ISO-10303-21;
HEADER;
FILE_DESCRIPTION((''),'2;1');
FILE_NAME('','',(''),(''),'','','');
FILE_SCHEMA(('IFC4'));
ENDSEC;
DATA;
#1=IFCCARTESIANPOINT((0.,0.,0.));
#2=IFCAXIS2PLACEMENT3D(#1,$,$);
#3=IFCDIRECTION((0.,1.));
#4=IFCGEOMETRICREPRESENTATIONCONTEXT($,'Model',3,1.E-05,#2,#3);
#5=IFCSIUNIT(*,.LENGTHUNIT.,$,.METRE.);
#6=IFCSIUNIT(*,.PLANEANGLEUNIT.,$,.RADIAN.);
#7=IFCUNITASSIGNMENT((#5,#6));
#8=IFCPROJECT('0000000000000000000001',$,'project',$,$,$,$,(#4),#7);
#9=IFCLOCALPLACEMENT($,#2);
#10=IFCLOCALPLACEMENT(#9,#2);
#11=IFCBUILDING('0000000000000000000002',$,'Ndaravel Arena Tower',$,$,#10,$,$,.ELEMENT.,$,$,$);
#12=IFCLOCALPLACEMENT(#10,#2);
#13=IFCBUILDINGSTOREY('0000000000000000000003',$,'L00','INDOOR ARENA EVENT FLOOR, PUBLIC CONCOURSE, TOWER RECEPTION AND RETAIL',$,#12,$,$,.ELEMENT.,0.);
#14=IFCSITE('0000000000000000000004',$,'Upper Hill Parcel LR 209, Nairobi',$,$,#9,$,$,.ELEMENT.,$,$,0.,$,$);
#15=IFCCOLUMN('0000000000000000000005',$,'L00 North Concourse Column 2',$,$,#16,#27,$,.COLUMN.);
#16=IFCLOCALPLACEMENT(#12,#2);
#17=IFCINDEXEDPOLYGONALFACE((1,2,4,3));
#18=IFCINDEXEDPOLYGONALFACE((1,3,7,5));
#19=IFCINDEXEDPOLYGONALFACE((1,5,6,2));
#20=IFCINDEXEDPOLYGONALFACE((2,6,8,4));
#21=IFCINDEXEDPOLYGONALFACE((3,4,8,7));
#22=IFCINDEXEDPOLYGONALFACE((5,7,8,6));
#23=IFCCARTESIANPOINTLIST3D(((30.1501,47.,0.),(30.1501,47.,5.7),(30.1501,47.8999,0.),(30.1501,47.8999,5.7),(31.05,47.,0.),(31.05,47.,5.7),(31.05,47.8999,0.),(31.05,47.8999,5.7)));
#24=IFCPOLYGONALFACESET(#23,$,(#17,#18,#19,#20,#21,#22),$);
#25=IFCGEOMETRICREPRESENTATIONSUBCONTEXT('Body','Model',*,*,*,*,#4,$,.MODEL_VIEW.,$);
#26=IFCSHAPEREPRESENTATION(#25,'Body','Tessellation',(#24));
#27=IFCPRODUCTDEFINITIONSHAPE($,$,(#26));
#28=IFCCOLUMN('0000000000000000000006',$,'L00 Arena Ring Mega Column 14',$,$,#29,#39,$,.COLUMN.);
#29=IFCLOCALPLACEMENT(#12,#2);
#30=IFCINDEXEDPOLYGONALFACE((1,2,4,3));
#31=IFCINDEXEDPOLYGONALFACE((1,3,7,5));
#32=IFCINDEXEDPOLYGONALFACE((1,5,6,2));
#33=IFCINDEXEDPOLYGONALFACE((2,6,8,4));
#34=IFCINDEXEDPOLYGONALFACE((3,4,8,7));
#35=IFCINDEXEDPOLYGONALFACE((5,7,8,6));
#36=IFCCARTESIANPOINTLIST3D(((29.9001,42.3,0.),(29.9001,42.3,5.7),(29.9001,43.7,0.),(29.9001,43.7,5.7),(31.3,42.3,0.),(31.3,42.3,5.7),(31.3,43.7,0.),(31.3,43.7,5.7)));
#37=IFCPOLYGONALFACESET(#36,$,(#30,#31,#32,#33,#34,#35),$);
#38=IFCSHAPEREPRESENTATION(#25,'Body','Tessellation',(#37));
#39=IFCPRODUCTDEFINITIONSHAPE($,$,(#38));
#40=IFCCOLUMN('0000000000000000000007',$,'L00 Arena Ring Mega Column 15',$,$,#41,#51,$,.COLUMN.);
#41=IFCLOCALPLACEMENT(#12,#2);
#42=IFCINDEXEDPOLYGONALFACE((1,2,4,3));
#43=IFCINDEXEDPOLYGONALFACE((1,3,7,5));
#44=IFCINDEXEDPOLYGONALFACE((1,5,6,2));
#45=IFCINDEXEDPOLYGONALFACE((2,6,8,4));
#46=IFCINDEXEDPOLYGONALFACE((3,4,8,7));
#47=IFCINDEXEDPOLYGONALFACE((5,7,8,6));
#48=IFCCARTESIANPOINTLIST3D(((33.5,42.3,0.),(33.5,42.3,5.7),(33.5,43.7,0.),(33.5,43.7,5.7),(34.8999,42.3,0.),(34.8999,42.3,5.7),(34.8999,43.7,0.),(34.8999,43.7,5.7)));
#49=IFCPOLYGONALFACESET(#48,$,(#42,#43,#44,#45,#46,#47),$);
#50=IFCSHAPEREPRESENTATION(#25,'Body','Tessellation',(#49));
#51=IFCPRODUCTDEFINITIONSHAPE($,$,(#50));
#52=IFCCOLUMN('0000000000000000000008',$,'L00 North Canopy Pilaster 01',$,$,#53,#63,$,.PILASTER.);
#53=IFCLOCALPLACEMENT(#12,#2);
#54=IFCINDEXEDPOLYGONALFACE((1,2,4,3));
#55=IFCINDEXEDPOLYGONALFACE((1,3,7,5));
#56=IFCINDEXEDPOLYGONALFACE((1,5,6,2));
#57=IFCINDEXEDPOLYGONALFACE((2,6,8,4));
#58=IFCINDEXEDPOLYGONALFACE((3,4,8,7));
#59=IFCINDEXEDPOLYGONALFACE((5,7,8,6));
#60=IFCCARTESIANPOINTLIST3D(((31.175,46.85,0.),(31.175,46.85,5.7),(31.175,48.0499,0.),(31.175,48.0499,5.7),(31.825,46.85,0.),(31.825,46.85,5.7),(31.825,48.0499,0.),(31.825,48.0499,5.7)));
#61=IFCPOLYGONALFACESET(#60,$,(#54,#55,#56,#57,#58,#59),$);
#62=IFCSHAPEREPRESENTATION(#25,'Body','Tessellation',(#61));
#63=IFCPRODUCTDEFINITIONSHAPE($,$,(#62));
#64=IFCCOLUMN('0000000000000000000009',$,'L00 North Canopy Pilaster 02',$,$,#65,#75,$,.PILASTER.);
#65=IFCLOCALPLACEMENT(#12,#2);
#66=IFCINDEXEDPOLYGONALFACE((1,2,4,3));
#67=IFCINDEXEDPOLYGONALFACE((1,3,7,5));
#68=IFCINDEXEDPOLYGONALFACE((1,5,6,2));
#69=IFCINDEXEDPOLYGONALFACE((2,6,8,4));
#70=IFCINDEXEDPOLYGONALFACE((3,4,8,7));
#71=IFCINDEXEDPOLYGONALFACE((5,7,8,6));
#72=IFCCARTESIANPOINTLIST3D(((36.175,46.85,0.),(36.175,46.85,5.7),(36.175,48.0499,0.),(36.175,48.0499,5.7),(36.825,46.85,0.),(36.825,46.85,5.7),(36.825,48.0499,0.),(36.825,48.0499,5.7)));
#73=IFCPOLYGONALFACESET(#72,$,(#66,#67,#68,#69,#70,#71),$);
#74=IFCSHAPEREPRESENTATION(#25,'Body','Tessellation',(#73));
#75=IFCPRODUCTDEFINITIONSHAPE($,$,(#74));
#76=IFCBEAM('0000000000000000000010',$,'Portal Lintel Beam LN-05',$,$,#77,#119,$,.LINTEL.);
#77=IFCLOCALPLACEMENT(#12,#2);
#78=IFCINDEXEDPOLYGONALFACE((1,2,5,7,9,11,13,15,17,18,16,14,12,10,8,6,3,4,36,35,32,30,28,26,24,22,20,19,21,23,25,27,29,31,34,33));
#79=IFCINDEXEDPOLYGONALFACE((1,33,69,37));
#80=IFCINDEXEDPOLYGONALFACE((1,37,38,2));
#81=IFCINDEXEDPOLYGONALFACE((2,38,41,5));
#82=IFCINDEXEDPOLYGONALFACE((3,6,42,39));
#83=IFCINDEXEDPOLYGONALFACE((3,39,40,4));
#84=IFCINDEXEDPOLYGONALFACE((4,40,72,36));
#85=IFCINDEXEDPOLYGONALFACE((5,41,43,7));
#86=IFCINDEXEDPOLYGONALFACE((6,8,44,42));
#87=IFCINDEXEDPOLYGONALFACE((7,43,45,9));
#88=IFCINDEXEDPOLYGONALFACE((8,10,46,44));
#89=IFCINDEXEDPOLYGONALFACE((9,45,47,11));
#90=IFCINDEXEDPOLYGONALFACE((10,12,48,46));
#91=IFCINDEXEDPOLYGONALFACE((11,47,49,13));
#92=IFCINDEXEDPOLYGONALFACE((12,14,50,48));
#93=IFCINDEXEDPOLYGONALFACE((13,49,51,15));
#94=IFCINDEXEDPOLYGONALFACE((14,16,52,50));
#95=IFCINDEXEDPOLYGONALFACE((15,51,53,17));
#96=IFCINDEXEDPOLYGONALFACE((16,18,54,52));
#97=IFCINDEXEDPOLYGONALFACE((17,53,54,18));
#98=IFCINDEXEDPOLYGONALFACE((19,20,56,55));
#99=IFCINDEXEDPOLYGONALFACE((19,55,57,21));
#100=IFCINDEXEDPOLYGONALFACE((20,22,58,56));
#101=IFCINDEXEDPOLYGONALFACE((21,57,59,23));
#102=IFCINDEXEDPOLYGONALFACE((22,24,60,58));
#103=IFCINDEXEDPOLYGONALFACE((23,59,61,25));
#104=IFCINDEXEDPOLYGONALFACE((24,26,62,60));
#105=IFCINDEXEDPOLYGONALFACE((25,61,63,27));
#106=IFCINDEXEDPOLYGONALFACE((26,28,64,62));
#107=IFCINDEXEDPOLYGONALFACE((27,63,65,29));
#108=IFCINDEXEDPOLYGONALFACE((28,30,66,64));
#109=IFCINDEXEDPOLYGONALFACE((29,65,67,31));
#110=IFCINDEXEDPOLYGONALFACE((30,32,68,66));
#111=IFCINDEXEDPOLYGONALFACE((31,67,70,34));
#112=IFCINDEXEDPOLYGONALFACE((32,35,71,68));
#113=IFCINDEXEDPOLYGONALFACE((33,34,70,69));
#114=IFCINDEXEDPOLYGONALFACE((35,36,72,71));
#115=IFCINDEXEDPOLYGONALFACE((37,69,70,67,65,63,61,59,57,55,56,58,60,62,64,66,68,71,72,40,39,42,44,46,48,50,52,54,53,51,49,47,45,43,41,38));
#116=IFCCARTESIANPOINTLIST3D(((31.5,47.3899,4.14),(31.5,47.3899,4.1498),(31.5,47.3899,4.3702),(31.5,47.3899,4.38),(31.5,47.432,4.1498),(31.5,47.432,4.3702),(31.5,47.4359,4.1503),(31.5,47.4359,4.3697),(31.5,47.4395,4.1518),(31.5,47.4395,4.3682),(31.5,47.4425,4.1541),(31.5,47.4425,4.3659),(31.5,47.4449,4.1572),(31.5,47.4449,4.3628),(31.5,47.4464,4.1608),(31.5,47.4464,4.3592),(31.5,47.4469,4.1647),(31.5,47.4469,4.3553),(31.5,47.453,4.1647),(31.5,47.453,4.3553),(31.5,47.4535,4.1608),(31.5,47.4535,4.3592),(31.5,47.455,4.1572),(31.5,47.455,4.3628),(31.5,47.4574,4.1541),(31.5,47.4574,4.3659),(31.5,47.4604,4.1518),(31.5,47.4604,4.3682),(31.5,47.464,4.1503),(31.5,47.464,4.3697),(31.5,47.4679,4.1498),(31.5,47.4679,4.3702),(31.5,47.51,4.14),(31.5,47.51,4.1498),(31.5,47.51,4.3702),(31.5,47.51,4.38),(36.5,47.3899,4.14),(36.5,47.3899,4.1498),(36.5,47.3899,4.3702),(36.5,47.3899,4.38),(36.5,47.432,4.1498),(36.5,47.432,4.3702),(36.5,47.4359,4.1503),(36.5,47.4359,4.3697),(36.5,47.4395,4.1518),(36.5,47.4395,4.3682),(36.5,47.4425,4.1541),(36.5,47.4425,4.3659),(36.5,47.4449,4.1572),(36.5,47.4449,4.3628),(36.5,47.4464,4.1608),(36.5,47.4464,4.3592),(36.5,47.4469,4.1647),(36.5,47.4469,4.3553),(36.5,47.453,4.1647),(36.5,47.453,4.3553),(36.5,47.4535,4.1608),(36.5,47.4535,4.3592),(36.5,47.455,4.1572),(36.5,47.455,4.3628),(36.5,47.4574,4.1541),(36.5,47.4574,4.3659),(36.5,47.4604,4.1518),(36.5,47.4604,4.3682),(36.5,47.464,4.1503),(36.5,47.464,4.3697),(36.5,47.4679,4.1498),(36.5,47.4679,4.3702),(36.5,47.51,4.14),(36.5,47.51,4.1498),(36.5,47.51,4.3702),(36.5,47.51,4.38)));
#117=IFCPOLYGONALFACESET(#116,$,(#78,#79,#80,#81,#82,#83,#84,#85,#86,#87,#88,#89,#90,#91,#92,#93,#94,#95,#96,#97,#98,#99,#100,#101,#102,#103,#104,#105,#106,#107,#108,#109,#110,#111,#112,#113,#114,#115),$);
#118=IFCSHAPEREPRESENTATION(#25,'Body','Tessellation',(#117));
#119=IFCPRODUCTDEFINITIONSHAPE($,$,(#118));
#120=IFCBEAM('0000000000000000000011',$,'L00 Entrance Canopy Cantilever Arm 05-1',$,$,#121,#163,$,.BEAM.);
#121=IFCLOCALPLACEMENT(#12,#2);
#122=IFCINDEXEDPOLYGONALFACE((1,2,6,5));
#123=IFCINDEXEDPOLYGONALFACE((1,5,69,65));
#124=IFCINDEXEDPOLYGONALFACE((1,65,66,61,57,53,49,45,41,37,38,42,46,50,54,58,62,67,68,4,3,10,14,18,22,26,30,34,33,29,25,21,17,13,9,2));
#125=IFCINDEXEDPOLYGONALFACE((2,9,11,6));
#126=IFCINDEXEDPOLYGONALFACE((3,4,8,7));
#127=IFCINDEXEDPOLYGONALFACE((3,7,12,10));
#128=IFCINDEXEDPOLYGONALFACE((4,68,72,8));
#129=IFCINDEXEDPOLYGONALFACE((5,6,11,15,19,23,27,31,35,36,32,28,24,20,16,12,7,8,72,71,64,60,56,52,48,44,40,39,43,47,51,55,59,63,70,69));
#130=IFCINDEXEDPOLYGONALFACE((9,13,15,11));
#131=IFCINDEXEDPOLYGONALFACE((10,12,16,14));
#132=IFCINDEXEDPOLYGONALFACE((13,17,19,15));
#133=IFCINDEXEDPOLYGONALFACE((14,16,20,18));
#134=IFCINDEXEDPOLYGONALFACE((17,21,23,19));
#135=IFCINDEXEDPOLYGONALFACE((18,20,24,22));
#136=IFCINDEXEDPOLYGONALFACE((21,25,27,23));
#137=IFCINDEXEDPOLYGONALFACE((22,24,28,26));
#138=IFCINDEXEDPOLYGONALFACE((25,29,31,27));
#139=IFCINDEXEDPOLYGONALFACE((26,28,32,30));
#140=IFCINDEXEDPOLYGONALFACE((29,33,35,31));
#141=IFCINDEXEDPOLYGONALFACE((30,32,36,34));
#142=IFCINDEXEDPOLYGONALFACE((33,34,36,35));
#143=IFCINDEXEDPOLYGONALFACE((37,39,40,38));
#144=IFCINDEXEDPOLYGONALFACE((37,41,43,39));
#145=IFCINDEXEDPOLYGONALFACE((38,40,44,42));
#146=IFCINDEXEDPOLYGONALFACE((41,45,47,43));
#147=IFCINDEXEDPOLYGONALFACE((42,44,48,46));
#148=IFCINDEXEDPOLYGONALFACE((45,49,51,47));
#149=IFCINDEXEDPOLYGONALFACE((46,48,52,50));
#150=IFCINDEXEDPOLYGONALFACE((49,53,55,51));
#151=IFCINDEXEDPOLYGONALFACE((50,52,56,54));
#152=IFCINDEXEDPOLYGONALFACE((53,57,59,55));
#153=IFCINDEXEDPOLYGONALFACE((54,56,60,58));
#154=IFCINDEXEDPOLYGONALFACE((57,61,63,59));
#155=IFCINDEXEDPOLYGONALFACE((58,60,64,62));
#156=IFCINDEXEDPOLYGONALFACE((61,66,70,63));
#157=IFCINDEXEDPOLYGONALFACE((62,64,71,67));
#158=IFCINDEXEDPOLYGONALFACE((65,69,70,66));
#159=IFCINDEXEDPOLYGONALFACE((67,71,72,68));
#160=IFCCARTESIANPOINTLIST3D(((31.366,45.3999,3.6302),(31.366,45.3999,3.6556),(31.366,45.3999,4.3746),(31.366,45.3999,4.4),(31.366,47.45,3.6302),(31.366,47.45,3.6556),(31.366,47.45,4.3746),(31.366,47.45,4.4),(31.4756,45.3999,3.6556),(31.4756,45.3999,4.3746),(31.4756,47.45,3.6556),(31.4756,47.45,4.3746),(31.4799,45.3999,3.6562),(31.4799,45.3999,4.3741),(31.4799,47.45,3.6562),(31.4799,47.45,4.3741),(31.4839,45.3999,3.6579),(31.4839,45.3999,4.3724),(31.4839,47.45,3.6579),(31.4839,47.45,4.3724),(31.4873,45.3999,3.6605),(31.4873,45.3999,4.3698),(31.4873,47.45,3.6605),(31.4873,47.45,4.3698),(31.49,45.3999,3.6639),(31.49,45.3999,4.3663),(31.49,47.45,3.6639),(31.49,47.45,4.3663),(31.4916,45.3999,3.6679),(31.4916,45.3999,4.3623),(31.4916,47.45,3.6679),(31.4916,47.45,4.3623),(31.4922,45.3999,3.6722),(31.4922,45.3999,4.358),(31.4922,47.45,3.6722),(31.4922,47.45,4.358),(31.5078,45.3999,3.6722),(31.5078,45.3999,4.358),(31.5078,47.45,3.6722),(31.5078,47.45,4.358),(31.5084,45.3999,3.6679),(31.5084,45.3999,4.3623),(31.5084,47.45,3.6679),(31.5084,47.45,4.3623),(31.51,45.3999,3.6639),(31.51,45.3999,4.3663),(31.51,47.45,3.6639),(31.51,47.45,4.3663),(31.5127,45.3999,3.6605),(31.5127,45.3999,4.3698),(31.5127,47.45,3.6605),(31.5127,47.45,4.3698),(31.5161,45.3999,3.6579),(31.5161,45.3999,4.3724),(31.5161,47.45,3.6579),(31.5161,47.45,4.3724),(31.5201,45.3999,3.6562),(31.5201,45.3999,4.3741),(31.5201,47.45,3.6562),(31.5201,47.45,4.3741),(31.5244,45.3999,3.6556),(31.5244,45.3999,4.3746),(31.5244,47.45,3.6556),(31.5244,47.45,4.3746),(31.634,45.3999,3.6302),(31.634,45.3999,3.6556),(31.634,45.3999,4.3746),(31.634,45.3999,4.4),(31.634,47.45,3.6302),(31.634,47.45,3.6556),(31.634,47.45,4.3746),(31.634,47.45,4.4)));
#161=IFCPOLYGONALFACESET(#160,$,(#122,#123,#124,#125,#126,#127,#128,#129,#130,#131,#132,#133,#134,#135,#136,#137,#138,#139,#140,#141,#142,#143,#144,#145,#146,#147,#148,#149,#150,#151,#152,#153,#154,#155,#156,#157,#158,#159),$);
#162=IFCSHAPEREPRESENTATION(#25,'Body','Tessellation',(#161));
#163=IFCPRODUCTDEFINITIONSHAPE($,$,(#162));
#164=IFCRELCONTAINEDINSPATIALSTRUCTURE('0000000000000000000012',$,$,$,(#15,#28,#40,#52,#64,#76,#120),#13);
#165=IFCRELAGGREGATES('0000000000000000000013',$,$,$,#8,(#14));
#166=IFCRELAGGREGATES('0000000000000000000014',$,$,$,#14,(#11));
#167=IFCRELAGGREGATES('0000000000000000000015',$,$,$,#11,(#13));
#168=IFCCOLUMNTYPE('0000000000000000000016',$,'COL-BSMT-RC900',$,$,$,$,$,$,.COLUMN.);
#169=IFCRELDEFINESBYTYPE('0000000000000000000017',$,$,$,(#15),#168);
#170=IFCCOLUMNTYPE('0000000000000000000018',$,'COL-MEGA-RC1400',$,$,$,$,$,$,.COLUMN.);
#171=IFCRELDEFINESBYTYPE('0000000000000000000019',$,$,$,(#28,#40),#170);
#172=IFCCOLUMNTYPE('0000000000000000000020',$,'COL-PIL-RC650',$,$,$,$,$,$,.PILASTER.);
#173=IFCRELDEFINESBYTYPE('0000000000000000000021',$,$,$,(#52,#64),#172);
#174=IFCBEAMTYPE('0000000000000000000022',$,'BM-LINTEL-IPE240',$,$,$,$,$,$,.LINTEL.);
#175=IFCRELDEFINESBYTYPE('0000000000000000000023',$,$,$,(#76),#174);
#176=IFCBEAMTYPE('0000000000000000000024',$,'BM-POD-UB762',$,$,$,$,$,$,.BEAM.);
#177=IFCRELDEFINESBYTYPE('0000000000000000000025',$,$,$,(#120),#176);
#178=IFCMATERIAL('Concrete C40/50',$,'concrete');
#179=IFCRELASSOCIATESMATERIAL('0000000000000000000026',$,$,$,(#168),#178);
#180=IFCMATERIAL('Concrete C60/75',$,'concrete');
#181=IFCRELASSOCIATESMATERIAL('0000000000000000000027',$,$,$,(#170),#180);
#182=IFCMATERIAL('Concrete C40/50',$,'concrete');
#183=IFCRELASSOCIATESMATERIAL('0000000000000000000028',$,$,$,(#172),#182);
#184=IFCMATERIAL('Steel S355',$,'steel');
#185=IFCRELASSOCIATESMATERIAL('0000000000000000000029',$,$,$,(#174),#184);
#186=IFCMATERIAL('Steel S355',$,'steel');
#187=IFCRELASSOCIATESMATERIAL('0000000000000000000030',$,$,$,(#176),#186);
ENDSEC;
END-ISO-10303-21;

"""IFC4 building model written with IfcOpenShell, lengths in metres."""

from ifc_helpers import new_model, si_unit, direction, frame, origin, origin_2d, place, context, subcontext, project, spatial, rectangle, i_section, extrude, material, material_profile, profile_set, type_object, element, save


model = new_model("IFC4")

# Units and contexts
model_context = context("Model", 3, precision=1e-05, world=origin(), true_north=direction((0.0, 1.0)))
body_context = subcontext(model_context, "Body", "Model", "MODEL_VIEW")
ifc_project = project(units=[si_unit("LENGTHUNIT", "METRE"), si_unit("PLANEANGLEUNIT", "RADIAN")], contexts=[model_context])

# Site, building, storey
site_placement = place(None, origin())
site = spatial("IfcSite", under=ifc_project, at=site_placement, Name="Upper Hill Parcel LR 209, Nairobi", CompositionType="ELEMENT", RefElevation=0.0)
building_placement = place(site_placement, origin())
building = spatial("IfcBuilding", under=site, at=building_placement, Name="Ndaravel Arena Tower", CompositionType="ELEMENT")
storey_placement = place(building_placement, origin())
storey = spatial("IfcBuildingStorey", under=building, at=storey_placement, Name="L00", Description="INDOOR ARENA EVENT FLOOR, PUBLIC CONCOURSE, TOWER RECEPTION AND RETAIL", CompositionType="ELEMENT", Elevation=0.0)

# Columns
ifc_material_1 = material(Name="Concrete C40/50", Category="concrete")
ifc_material_profile_1 = material_profile(ifc_material_1, rectangle(XDim=0.8999, YDim=0.8999, at=origin_2d()), Name="RC 900x900")
ifc_profile_set_1 = profile_set([ifc_material_profile_1], Name="Concrete C40/50")
column_type_1 = type_object("IfcColumnType", Name="COL-BSMT-RC900", PredefinedType="COLUMN", material=ifc_profile_set_1)
column_placement = place(storey_placement, frame((30.6001, 47.45, 0.0), z_axis=(0.0, 0.0, 1.0), x_axis=(1.0, 0.0, 0.0)))
element("IfcColumn", 1, at=column_placement, inside=storey, type_object=column_type_1, Name="L00 North Concourse Column 2", PredefinedType="COLUMN", context=body_context, shape_type="SweptSolid", body=[
    extrude(rectangle(XDim=0.8999, YDim=0.8999, at=origin_2d()), origin(), (0.0, 0.0, 1.0), 5.7),
])
ifc_material_2 = material(Name="Concrete C60/75", Category="concrete")
ifc_material_profile_2 = material_profile(ifc_material_2, rectangle(XDim=1.3999, YDim=1.3999, at=origin_2d()), Name="RC 1400x1400")
ifc_profile_set_2 = profile_set([ifc_material_profile_2], Name="Concrete C60/75")
column_type_2 = type_object("IfcColumnType", Name="COL-MEGA-RC1400", PredefinedType="COLUMN", material=ifc_profile_set_2)
for number, where, z_axis, x_axis, name in (
    (2, (30.6001, 43.0, 0.0), (0.0, 0.0, 1.0), (1.0, 0.0, 0.0), "L00 Arena Ring Mega Column 14"),
    (3, (34.2, 43.0, 0.0), (0.0, 0.0, 1.0), (1.0, 0.0, 0.0), "L00 Arena Ring Mega Column 15"),
):
    element("IfcColumn", number, at=place(storey_placement, frame(where, z_axis=z_axis, x_axis=x_axis)), inside=storey, type_object=column_type_2, Name=name, PredefinedType="COLUMN", context=body_context, shape_type="SweptSolid", body=[
        extrude(rectangle(XDim=1.3999, YDim=1.3999, at=origin_2d()), origin(), (0.0, 0.0, 1.0), 5.7),
    ])
ifc_material_3 = material(Name="Concrete C40/50", Category="concrete")
ifc_material_profile_3 = material_profile(ifc_material_3, rectangle(XDim=0.6499, YDim=1.2, at=origin_2d()), Name="RC 650x1200")
ifc_profile_set_3 = profile_set([ifc_material_profile_3], Name="Concrete C40/50")
column_type_3 = type_object("IfcColumnType", Name="COL-PIL-RC650", PredefinedType="PILASTER", material=ifc_profile_set_3)
for number, where, z_axis, x_axis, name in (
    (4, (31.5, 47.45, 0.0), (0.0, 0.0, 1.0), (1.0, 0.0, 0.0), "L00 North Canopy Pilaster 01"),
    (5, (36.5, 47.45, 0.0), (0.0, 0.0, 1.0), (1.0, 0.0, 0.0), "L00 North Canopy Pilaster 02"),
):
    element("IfcColumn", number, at=place(storey_placement, frame(where, z_axis=z_axis, x_axis=x_axis)), inside=storey, type_object=column_type_3, Name=name, PredefinedType="PILASTER", context=body_context, shape_type="SweptSolid", body=[
        extrude(rectangle(XDim=0.6499, YDim=1.2, at=origin_2d()), origin(), (0.0, 0.0, 1.0), 5.7),
    ])

# Beams
ifc_material_4 = material(Name="Steel S355", Category="steel")
ifc_material_profile_4 = material_profile(ifc_material_4, i_section(OverallWidth=0.1201, OverallDepth=0.24, WebThickness=0.0061, FlangeThickness=0.0098, FilletRadius=0.0149, at=origin_2d()), Name="IPE 240")
ifc_profile_set_4 = profile_set([ifc_material_profile_4], Name="Steel S355")
beam_type_1 = type_object("IfcBeamType", Name="BM-LINTEL-IPE240", PredefinedType="LINTEL", material=ifc_profile_set_4)
beam_1_placement = place(storey_placement, frame((31.5, 47.45, 4.26), z_axis=(1.0, 0.0, 0.0), x_axis=(0.0, 1.0, 0.0)))
element("IfcBeam", 6, at=beam_1_placement, inside=storey, type_object=beam_type_1, Name="Portal Lintel Beam LN-05", PredefinedType="LINTEL", context=body_context, shape_type="SweptSolid", body=[
    extrude(i_section(OverallWidth=0.1201, OverallDepth=0.24, WebThickness=0.0061, FlangeThickness=0.0098, FilletRadius=0.0149, at=origin_2d()), origin(), (0.0, 0.0, 1.0), 5.0),
])
ifc_material_5 = material(Name="Steel S355", Category="steel")
ifc_material_profile_5 = material_profile(ifc_material_5, i_section(OverallWidth=0.2681, OverallDepth=0.7698, WebThickness=0.0156, FlangeThickness=0.0254, FilletRadius=0.0166, at=origin_2d()), Name="UB 762x267x197")
ifc_profile_set_5 = profile_set([ifc_material_profile_5], Name="Steel S355")
beam_type_2 = type_object("IfcBeamType", Name="BM-POD-UB762", PredefinedType="BEAM", material=ifc_profile_set_5)
for number, where, z_axis, x_axis, name in (
    (7, (31.5, 47.45, 4.0151), (0.0, -1.0, 0.0), (1.0, 0.0, 0.0), "L00 Entrance Canopy Cantilever Arm 05-1"),
):
    element("IfcBeam", number, at=place(storey_placement, frame(where, z_axis=z_axis, x_axis=x_axis)), inside=storey, type_object=beam_type_2, Name=name, PredefinedType="BEAM", context=body_context, shape_type="SweptSolid", body=[
        extrude(i_section(OverallWidth=0.2681, OverallDepth=0.7698, WebThickness=0.0156, FlangeThickness=0.0254, FilletRadius=0.0166, at=origin_2d()), origin(), (0.0, 0.0, 1.0), 2.05),
    ])

save(model, "model.ifc")
